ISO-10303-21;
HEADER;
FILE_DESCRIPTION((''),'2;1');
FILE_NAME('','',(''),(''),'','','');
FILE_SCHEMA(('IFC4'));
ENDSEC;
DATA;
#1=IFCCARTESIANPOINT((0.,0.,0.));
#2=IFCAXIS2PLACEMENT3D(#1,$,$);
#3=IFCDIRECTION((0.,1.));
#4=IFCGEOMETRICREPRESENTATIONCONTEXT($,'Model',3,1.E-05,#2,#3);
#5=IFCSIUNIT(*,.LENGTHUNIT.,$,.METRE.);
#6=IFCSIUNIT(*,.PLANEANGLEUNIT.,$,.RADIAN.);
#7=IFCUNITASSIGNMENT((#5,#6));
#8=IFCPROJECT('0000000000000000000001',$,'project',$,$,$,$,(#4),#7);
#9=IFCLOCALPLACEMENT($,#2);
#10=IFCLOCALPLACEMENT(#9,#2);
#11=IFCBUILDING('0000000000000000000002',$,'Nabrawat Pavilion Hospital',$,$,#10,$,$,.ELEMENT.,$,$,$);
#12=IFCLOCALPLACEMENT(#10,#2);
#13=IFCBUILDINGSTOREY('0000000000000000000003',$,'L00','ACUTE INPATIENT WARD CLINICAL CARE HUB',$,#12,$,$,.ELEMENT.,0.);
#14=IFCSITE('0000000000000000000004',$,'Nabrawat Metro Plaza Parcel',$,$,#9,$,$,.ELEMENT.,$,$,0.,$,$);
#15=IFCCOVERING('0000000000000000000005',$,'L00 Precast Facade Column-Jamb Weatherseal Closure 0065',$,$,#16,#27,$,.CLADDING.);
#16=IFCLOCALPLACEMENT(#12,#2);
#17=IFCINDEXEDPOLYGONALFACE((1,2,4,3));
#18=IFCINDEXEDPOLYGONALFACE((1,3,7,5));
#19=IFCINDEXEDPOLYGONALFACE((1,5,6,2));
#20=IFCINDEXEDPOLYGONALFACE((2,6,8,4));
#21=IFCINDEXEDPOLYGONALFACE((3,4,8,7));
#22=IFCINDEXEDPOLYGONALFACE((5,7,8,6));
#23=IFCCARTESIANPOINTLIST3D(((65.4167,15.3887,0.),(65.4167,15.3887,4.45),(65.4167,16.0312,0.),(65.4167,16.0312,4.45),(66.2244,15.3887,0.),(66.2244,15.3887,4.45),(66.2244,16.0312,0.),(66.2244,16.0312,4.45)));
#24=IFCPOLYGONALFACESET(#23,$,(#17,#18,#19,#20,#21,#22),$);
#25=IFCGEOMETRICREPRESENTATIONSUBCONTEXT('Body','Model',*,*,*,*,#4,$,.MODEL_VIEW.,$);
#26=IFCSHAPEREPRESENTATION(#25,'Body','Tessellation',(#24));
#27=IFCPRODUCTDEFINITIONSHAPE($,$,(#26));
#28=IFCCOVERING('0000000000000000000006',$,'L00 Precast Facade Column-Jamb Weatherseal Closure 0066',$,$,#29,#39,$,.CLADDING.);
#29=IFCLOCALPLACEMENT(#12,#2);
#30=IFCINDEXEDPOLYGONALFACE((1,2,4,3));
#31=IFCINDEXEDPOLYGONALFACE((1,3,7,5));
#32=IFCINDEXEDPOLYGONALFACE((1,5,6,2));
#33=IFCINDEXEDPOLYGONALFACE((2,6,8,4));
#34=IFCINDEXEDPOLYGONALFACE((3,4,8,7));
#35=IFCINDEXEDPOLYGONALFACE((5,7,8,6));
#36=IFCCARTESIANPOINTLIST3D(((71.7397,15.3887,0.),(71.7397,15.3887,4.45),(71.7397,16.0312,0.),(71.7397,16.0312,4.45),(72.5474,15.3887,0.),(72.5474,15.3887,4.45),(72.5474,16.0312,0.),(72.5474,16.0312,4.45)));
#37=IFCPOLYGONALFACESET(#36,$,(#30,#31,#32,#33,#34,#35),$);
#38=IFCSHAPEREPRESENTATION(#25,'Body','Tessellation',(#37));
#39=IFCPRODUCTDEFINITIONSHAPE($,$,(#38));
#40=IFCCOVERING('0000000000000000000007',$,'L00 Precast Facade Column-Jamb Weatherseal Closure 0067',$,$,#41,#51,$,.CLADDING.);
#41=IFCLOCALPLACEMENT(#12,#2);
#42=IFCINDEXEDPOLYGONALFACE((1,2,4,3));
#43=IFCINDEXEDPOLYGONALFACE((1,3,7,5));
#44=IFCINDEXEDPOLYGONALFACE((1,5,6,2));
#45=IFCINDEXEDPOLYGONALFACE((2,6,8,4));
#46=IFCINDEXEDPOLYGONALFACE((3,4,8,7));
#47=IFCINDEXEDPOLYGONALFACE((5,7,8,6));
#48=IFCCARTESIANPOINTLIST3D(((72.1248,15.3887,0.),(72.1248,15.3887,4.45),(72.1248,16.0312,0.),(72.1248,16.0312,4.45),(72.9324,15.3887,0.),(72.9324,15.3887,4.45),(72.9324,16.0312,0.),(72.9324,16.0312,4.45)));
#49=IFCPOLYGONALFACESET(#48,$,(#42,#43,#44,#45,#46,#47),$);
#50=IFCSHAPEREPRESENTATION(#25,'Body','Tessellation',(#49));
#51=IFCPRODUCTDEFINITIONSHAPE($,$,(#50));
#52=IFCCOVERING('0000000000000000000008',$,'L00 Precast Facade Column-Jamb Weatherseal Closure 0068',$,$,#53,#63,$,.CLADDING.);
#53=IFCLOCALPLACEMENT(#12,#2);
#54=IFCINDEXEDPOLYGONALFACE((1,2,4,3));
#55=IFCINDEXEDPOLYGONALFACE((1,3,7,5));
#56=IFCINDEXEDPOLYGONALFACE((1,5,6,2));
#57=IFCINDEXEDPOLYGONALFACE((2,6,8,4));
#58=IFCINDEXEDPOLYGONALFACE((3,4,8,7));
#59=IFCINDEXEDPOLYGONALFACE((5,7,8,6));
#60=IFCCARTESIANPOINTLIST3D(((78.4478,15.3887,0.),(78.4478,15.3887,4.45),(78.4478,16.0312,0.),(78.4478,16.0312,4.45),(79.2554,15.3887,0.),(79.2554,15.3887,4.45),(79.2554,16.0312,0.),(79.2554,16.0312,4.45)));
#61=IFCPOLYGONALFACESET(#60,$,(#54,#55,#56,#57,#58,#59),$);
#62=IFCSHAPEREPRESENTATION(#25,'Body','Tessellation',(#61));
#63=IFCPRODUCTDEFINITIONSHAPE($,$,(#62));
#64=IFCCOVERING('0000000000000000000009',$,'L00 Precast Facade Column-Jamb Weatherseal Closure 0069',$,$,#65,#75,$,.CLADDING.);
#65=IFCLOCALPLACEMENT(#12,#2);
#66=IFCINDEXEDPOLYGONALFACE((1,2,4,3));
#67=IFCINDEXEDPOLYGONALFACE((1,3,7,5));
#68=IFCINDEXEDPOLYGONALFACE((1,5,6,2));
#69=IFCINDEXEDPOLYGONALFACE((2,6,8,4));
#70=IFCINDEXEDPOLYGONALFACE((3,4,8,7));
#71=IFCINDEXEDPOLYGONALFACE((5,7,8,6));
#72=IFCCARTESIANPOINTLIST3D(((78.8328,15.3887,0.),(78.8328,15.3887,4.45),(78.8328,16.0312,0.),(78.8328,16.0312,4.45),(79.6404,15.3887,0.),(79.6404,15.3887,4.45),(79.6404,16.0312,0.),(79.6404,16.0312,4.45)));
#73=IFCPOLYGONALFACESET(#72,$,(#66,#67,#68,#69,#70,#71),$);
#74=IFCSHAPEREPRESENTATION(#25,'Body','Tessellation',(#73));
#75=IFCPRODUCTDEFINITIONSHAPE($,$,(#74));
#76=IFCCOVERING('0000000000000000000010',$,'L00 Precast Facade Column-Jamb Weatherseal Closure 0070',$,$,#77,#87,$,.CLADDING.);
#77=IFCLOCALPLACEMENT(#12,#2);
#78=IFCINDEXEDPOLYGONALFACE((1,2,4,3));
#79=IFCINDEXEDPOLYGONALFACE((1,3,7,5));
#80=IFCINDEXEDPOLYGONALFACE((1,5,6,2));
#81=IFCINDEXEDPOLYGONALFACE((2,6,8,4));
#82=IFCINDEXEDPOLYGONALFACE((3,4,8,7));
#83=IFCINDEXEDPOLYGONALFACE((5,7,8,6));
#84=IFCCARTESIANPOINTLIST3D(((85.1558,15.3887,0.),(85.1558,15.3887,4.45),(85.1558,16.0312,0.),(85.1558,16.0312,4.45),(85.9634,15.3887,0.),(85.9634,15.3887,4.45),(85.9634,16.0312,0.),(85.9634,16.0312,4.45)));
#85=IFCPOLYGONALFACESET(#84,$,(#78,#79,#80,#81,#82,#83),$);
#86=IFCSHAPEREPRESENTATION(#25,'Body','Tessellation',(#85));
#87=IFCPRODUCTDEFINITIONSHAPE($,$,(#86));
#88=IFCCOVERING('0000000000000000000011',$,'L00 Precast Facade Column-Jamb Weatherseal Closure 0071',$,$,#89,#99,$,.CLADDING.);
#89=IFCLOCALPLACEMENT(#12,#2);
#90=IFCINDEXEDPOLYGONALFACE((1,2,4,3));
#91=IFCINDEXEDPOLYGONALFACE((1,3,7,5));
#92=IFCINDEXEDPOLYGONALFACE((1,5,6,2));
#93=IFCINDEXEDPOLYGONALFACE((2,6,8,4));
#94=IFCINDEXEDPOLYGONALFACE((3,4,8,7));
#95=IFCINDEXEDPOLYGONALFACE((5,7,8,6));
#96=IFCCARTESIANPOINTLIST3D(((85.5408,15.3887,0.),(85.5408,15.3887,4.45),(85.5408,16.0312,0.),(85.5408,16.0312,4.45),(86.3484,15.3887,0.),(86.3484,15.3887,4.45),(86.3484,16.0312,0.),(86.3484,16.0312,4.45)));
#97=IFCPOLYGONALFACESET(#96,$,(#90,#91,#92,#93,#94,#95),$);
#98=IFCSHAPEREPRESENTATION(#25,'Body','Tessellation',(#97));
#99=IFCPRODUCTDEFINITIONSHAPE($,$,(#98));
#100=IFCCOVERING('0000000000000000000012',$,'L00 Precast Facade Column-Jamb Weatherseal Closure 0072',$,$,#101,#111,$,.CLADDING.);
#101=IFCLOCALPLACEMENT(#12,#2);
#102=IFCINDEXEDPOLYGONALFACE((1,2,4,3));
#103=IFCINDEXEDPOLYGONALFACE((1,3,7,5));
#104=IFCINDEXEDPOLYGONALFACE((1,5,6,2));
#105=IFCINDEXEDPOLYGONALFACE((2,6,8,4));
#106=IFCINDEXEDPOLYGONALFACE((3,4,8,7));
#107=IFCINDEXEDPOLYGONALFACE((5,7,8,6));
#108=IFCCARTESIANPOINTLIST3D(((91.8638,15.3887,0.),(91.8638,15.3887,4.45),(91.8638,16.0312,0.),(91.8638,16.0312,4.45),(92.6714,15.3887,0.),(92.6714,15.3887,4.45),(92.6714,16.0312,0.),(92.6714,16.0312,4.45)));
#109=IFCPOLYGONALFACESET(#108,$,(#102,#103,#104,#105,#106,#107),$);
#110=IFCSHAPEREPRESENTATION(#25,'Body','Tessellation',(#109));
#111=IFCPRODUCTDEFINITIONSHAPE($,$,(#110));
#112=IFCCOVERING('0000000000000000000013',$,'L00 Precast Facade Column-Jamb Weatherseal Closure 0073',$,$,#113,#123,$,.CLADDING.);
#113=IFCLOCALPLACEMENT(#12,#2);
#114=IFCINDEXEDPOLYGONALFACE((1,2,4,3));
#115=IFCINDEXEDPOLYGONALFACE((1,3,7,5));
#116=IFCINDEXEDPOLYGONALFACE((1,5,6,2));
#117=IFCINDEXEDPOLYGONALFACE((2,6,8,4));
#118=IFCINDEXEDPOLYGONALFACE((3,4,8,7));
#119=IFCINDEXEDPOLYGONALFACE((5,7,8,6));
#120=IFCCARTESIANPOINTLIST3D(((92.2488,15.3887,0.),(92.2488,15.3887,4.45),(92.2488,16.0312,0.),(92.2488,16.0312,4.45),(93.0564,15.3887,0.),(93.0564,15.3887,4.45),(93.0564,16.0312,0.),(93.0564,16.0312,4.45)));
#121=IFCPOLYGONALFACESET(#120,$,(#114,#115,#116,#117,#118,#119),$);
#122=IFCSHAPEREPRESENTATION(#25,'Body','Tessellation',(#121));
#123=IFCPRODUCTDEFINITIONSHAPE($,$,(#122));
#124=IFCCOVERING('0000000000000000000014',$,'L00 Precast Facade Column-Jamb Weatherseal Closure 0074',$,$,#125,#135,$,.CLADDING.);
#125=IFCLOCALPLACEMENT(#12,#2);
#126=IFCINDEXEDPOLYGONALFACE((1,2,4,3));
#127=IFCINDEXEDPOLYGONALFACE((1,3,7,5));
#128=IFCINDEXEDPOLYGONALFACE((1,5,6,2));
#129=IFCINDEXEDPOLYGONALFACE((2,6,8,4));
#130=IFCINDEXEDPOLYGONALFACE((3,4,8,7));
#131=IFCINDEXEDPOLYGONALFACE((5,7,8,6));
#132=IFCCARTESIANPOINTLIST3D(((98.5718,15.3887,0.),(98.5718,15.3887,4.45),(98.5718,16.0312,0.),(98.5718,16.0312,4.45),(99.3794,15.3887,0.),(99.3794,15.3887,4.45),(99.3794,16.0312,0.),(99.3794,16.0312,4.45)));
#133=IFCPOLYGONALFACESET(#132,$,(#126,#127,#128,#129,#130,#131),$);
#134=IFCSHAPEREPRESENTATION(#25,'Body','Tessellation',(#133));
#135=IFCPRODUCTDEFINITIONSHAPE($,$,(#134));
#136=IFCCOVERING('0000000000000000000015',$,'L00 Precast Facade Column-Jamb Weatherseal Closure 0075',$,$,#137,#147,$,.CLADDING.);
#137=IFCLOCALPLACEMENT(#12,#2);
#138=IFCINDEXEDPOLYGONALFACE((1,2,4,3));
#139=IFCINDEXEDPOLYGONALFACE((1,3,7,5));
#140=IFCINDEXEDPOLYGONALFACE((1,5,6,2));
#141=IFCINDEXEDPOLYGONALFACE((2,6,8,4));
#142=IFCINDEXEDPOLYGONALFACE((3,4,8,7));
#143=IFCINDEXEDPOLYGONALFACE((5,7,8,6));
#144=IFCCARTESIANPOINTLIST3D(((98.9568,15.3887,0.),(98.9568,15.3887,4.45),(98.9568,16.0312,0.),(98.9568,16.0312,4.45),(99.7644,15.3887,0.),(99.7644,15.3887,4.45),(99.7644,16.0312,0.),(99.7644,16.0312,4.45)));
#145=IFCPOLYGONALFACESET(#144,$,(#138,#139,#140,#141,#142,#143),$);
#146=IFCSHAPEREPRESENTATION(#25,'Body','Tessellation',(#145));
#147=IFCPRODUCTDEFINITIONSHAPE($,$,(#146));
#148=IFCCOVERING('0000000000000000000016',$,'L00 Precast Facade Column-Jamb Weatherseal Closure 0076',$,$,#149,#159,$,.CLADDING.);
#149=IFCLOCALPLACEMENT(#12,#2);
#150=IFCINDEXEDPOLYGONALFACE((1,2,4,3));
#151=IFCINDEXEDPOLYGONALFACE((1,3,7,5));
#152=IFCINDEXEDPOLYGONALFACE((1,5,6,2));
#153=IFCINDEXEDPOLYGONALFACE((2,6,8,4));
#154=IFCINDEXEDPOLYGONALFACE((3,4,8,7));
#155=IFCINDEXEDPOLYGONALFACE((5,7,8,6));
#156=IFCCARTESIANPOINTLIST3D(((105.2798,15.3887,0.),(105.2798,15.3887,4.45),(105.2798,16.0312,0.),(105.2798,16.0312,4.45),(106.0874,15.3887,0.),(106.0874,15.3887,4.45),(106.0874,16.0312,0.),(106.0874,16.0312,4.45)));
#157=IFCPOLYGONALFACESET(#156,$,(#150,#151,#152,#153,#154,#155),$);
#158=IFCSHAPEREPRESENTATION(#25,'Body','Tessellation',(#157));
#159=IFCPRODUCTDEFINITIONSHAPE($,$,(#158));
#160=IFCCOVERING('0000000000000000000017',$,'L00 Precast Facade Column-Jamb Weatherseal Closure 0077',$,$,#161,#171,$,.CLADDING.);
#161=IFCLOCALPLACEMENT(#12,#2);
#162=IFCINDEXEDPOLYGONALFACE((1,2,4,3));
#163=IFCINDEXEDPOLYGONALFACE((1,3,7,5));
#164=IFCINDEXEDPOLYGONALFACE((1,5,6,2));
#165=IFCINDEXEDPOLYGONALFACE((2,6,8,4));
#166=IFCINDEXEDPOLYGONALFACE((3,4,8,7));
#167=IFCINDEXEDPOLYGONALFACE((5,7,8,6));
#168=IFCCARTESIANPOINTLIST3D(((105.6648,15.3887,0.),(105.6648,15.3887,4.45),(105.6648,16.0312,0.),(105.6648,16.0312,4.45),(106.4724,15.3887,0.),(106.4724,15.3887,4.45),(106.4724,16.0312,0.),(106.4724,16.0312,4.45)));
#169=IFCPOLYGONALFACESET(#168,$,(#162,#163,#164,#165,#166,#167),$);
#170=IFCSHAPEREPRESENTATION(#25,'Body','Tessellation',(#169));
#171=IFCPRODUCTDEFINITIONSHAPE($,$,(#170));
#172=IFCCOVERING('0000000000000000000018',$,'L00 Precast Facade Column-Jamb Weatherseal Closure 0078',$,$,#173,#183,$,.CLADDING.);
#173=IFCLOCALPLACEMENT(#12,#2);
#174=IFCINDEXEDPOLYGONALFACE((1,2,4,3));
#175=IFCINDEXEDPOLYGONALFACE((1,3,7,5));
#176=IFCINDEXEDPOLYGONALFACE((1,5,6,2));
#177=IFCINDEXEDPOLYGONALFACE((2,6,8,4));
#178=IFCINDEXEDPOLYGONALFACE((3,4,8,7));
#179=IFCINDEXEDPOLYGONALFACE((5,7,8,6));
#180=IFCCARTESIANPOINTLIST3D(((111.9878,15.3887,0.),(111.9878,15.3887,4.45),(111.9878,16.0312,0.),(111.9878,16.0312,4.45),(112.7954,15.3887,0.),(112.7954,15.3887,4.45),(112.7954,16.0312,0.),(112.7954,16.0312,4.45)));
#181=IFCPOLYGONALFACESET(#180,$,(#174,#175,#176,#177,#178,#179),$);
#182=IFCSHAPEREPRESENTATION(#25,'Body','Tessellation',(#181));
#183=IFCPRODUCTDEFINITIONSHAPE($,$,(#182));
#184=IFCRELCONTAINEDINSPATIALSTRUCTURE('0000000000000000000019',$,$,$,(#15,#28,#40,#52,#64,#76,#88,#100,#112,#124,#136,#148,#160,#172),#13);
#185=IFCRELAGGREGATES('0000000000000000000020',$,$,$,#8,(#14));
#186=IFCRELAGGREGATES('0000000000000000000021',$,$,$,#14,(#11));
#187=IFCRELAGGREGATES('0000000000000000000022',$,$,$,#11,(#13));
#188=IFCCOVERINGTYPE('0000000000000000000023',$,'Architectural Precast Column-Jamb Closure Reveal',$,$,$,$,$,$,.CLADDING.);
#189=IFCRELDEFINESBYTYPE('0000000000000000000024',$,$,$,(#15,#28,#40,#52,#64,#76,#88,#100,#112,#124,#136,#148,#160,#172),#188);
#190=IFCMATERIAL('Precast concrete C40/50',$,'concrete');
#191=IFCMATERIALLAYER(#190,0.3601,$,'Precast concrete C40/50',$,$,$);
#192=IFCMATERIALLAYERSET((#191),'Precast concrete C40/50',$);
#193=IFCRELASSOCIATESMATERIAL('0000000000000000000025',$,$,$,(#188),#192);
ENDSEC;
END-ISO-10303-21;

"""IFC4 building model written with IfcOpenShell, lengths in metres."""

from ifc_helpers import new_model, si_unit, direction, origin, place, context, subcontext, project, spatial, polyline, outline, extrude, material, layer, layer_set, type_object, element, save


model = new_model("IFC4")

# Units and contexts
model_context = context("Model", 3, precision=1e-05, world=origin(), true_north=direction((0.0, 1.0)))
body_context = subcontext(model_context, "Body", "Model", "MODEL_VIEW")
ifc_project = project(units=[si_unit("LENGTHUNIT", "METRE"), si_unit("PLANEANGLEUNIT", "RADIAN")], contexts=[model_context])

# Site, building, storey
site_placement = place(None, origin())
site = spatial("IfcSite", under=ifc_project, at=site_placement, Name="Nabrawat Metro Plaza Parcel", CompositionType="ELEMENT", RefElevation=0.0)
building_placement = place(site_placement, origin())
building = spatial("IfcBuilding", under=site, at=building_placement, Name="Nabrawat Pavilion Hospital", CompositionType="ELEMENT")
storey_placement = place(building_placement, origin())
storey = spatial("IfcBuildingStorey", under=building, at=storey_placement, Name="L00", Description="ACUTE INPATIENT WARD CLINICAL CARE HUB", CompositionType="ELEMENT", Elevation=0.0)

# Coverings
ifc_material = material(Name="Precast concrete C40/50", Category="concrete")
ifc_layer = layer(ifc_material, 0.3601, Name="Precast concrete C40/50")
ifc_layer_set = layer_set([ifc_layer], Name="Precast concrete C40/50")
covering_type = type_object("IfcCoveringType", Name="Architectural Precast Column-Jamb Closure Reveal", PredefinedType="CLADDING", material=ifc_layer_set)
covering_1_placement = place(storey_placement, origin())
element("IfcCovering", 1, at=covering_1_placement, inside=storey, type_object=covering_type, Name="L00 Precast Facade Column-Jamb Weatherseal Closure 0065", PredefinedType="CLADDING", context=body_context, shape_type="SweptSolid", body=[
    extrude(outline(polyline([(66.2244, 15.3887), (66.2244, 16.0312), (65.4167, 16.0312), (65.4167, 15.3887), (66.2244, 15.3887)])), origin(), (0.0, 0.0, 1.0), 4.45),
])
covering_2_placement = place(storey_placement, origin())
element("IfcCovering", 2, at=covering_2_placement, inside=storey, type_object=covering_type, Name="L00 Precast Facade Column-Jamb Weatherseal Closure 0066", PredefinedType="CLADDING", context=body_context, shape_type="SweptSolid", body=[
    extrude(outline(polyline([(72.5474, 15.3887), (72.5474, 16.0312), (71.7397, 16.0312), (71.7397, 15.3887), (72.5474, 15.3887)])), origin(), (0.0, 0.0, 1.0), 4.45),
])
covering_3_placement = place(storey_placement, origin())
element("IfcCovering", 3, at=covering_3_placement, inside=storey, type_object=covering_type, Name="L00 Precast Facade Column-Jamb Weatherseal Closure 0067", PredefinedType="CLADDING", context=body_context, shape_type="SweptSolid", body=[
    extrude(outline(polyline([(72.9324, 15.3887), (72.9324, 16.0312), (72.1248, 16.0312), (72.1248, 15.3887), (72.9324, 15.3887)])), origin(), (0.0, 0.0, 1.0), 4.45),
])
covering_4_placement = place(storey_placement, origin())
element("IfcCovering", 4, at=covering_4_placement, inside=storey, type_object=covering_type, Name="L00 Precast Facade Column-Jamb Weatherseal Closure 0068", PredefinedType="CLADDING", context=body_context, shape_type="SweptSolid", body=[
    extrude(outline(polyline([(79.2554, 15.3887), (79.2554, 16.0312), (78.4478, 16.0312), (78.4478, 15.3887), (79.2554, 15.3887)])), origin(), (0.0, 0.0, 1.0), 4.45),
])
covering_5_placement = place(storey_placement, origin())
element("IfcCovering", 5, at=covering_5_placement, inside=storey, type_object=covering_type, Name="L00 Precast Facade Column-Jamb Weatherseal Closure 0069", PredefinedType="CLADDING", context=body_context, shape_type="SweptSolid", body=[
    extrude(outline(polyline([(79.6404, 15.3887), (79.6404, 16.0312), (78.8328, 16.0312), (78.8328, 15.3887), (79.6404, 15.3887)])), origin(), (0.0, 0.0, 1.0), 4.45),
])
covering_6_placement = place(storey_placement, origin())
element("IfcCovering", 6, at=covering_6_placement, inside=storey, type_object=covering_type, Name="L00 Precast Facade Column-Jamb Weatherseal Closure 0070", PredefinedType="CLADDING", context=body_context, shape_type="SweptSolid", body=[
    extrude(outline(polyline([(85.9634, 15.3887), (85.9634, 16.0312), (85.1558, 16.0312), (85.1558, 15.3887), (85.9634, 15.3887)])), origin(), (0.0, 0.0, 1.0), 4.45),
])
covering_7_placement = place(storey_placement, origin())
element("IfcCovering", 7, at=covering_7_placement, inside=storey, type_object=covering_type, Name="L00 Precast Facade Column-Jamb Weatherseal Closure 0071", PredefinedType="CLADDING", context=body_context, shape_type="SweptSolid", body=[
    extrude(outline(polyline([(86.3484, 15.3887), (86.3484, 16.0312), (85.5408, 16.0312), (85.5408, 15.3887), (86.3484, 15.3887)])), origin(), (0.0, 0.0, 1.0), 4.45),
])
covering_8_placement = place(storey_placement, origin())
element("IfcCovering", 8, at=covering_8_placement, inside=storey, type_object=covering_type, Name="L00 Precast Facade Column-Jamb Weatherseal Closure 0072", PredefinedType="CLADDING", context=body_context, shape_type="SweptSolid", body=[
    extrude(outline(polyline([(92.6714, 15.3887), (92.6714, 16.0312), (91.8638, 16.0312), (91.8638, 15.3887), (92.6714, 15.3887)])), origin(), (0.0, 0.0, 1.0), 4.45),
])
covering_9_placement = place(storey_placement, origin())
element("IfcCovering", 9, at=covering_9_placement, inside=storey, type_object=covering_type, Name="L00 Precast Facade Column-Jamb Weatherseal Closure 0073", PredefinedType="CLADDING", context=body_context, shape_type="SweptSolid", body=[
    extrude(outline(polyline([(93.0564, 15.3887), (93.0564, 16.0312), (92.2488, 16.0312), (92.2488, 15.3887), (93.0564, 15.3887)])), origin(), (0.0, 0.0, 1.0), 4.45),
])
covering_10_placement = place(storey_placement, origin())
element("IfcCovering", 10, at=covering_10_placement, inside=storey, type_object=covering_type, Name="L00 Precast Facade Column-Jamb Weatherseal Closure 0074", PredefinedType="CLADDING", context=body_context, shape_type="SweptSolid", body=[
    extrude(outline(polyline([(99.3794, 15.3887), (99.3794, 16.0312), (98.5718, 16.0312), (98.5718, 15.3887), (99.3794, 15.3887)])), origin(), (0.0, 0.0, 1.0), 4.45),
])
covering_11_placement = place(storey_placement, origin())
element("IfcCovering", 11, at=covering_11_placement, inside=storey, type_object=covering_type, Name="L00 Precast Facade Column-Jamb Weatherseal Closure 0075", PredefinedType="CLADDING", context=body_context, shape_type="SweptSolid", body=[
    extrude(outline(polyline([(99.7644, 15.3887), (99.7644, 16.0312), (98.9568, 16.0312), (98.9568, 15.3887), (99.7644, 15.3887)])), origin(), (0.0, 0.0, 1.0), 4.45),
])
covering_12_placement = place(storey_placement, origin())
element("IfcCovering", 12, at=covering_12_placement, inside=storey, type_object=covering_type, Name="L00 Precast Facade Column-Jamb Weatherseal Closure 0076", PredefinedType="CLADDING", context=body_context, shape_type="SweptSolid", body=[
    extrude(outline(polyline([(106.0874, 15.3887), (106.0874, 16.0312), (105.2798, 16.0312), (105.2798, 15.3887), (106.0874, 15.3887)])), origin(), (0.0, 0.0, 1.0), 4.45),
])
covering_13_placement = place(storey_placement, origin())
element("IfcCovering", 13, at=covering_13_placement, inside=storey, type_object=covering_type, Name="L00 Precast Facade Column-Jamb Weatherseal Closure 0077", PredefinedType="CLADDING", context=body_context, shape_type="SweptSolid", body=[
    extrude(outline(polyline([(106.4724, 15.3887), (106.4724, 16.0312), (105.6648, 16.0312), (105.6648, 15.3887), (106.4724, 15.3887)])), origin(), (0.0, 0.0, 1.0), 4.45),
])
covering_14_placement = place(storey_placement, origin())
element("IfcCovering", 14, at=covering_14_placement, inside=storey, type_object=covering_type, Name="L00 Precast Facade Column-Jamb Weatherseal Closure 0078", PredefinedType="CLADDING", context=body_context, shape_type="SweptSolid", body=[
    extrude(outline(polyline([(112.7954, 15.3887), (112.7954, 16.0312), (111.9878, 16.0312), (111.9878, 15.3887), (112.7954, 15.3887)])), origin(), (0.0, 0.0, 1.0), 4.45),
])

save(model, "model.ifc")
